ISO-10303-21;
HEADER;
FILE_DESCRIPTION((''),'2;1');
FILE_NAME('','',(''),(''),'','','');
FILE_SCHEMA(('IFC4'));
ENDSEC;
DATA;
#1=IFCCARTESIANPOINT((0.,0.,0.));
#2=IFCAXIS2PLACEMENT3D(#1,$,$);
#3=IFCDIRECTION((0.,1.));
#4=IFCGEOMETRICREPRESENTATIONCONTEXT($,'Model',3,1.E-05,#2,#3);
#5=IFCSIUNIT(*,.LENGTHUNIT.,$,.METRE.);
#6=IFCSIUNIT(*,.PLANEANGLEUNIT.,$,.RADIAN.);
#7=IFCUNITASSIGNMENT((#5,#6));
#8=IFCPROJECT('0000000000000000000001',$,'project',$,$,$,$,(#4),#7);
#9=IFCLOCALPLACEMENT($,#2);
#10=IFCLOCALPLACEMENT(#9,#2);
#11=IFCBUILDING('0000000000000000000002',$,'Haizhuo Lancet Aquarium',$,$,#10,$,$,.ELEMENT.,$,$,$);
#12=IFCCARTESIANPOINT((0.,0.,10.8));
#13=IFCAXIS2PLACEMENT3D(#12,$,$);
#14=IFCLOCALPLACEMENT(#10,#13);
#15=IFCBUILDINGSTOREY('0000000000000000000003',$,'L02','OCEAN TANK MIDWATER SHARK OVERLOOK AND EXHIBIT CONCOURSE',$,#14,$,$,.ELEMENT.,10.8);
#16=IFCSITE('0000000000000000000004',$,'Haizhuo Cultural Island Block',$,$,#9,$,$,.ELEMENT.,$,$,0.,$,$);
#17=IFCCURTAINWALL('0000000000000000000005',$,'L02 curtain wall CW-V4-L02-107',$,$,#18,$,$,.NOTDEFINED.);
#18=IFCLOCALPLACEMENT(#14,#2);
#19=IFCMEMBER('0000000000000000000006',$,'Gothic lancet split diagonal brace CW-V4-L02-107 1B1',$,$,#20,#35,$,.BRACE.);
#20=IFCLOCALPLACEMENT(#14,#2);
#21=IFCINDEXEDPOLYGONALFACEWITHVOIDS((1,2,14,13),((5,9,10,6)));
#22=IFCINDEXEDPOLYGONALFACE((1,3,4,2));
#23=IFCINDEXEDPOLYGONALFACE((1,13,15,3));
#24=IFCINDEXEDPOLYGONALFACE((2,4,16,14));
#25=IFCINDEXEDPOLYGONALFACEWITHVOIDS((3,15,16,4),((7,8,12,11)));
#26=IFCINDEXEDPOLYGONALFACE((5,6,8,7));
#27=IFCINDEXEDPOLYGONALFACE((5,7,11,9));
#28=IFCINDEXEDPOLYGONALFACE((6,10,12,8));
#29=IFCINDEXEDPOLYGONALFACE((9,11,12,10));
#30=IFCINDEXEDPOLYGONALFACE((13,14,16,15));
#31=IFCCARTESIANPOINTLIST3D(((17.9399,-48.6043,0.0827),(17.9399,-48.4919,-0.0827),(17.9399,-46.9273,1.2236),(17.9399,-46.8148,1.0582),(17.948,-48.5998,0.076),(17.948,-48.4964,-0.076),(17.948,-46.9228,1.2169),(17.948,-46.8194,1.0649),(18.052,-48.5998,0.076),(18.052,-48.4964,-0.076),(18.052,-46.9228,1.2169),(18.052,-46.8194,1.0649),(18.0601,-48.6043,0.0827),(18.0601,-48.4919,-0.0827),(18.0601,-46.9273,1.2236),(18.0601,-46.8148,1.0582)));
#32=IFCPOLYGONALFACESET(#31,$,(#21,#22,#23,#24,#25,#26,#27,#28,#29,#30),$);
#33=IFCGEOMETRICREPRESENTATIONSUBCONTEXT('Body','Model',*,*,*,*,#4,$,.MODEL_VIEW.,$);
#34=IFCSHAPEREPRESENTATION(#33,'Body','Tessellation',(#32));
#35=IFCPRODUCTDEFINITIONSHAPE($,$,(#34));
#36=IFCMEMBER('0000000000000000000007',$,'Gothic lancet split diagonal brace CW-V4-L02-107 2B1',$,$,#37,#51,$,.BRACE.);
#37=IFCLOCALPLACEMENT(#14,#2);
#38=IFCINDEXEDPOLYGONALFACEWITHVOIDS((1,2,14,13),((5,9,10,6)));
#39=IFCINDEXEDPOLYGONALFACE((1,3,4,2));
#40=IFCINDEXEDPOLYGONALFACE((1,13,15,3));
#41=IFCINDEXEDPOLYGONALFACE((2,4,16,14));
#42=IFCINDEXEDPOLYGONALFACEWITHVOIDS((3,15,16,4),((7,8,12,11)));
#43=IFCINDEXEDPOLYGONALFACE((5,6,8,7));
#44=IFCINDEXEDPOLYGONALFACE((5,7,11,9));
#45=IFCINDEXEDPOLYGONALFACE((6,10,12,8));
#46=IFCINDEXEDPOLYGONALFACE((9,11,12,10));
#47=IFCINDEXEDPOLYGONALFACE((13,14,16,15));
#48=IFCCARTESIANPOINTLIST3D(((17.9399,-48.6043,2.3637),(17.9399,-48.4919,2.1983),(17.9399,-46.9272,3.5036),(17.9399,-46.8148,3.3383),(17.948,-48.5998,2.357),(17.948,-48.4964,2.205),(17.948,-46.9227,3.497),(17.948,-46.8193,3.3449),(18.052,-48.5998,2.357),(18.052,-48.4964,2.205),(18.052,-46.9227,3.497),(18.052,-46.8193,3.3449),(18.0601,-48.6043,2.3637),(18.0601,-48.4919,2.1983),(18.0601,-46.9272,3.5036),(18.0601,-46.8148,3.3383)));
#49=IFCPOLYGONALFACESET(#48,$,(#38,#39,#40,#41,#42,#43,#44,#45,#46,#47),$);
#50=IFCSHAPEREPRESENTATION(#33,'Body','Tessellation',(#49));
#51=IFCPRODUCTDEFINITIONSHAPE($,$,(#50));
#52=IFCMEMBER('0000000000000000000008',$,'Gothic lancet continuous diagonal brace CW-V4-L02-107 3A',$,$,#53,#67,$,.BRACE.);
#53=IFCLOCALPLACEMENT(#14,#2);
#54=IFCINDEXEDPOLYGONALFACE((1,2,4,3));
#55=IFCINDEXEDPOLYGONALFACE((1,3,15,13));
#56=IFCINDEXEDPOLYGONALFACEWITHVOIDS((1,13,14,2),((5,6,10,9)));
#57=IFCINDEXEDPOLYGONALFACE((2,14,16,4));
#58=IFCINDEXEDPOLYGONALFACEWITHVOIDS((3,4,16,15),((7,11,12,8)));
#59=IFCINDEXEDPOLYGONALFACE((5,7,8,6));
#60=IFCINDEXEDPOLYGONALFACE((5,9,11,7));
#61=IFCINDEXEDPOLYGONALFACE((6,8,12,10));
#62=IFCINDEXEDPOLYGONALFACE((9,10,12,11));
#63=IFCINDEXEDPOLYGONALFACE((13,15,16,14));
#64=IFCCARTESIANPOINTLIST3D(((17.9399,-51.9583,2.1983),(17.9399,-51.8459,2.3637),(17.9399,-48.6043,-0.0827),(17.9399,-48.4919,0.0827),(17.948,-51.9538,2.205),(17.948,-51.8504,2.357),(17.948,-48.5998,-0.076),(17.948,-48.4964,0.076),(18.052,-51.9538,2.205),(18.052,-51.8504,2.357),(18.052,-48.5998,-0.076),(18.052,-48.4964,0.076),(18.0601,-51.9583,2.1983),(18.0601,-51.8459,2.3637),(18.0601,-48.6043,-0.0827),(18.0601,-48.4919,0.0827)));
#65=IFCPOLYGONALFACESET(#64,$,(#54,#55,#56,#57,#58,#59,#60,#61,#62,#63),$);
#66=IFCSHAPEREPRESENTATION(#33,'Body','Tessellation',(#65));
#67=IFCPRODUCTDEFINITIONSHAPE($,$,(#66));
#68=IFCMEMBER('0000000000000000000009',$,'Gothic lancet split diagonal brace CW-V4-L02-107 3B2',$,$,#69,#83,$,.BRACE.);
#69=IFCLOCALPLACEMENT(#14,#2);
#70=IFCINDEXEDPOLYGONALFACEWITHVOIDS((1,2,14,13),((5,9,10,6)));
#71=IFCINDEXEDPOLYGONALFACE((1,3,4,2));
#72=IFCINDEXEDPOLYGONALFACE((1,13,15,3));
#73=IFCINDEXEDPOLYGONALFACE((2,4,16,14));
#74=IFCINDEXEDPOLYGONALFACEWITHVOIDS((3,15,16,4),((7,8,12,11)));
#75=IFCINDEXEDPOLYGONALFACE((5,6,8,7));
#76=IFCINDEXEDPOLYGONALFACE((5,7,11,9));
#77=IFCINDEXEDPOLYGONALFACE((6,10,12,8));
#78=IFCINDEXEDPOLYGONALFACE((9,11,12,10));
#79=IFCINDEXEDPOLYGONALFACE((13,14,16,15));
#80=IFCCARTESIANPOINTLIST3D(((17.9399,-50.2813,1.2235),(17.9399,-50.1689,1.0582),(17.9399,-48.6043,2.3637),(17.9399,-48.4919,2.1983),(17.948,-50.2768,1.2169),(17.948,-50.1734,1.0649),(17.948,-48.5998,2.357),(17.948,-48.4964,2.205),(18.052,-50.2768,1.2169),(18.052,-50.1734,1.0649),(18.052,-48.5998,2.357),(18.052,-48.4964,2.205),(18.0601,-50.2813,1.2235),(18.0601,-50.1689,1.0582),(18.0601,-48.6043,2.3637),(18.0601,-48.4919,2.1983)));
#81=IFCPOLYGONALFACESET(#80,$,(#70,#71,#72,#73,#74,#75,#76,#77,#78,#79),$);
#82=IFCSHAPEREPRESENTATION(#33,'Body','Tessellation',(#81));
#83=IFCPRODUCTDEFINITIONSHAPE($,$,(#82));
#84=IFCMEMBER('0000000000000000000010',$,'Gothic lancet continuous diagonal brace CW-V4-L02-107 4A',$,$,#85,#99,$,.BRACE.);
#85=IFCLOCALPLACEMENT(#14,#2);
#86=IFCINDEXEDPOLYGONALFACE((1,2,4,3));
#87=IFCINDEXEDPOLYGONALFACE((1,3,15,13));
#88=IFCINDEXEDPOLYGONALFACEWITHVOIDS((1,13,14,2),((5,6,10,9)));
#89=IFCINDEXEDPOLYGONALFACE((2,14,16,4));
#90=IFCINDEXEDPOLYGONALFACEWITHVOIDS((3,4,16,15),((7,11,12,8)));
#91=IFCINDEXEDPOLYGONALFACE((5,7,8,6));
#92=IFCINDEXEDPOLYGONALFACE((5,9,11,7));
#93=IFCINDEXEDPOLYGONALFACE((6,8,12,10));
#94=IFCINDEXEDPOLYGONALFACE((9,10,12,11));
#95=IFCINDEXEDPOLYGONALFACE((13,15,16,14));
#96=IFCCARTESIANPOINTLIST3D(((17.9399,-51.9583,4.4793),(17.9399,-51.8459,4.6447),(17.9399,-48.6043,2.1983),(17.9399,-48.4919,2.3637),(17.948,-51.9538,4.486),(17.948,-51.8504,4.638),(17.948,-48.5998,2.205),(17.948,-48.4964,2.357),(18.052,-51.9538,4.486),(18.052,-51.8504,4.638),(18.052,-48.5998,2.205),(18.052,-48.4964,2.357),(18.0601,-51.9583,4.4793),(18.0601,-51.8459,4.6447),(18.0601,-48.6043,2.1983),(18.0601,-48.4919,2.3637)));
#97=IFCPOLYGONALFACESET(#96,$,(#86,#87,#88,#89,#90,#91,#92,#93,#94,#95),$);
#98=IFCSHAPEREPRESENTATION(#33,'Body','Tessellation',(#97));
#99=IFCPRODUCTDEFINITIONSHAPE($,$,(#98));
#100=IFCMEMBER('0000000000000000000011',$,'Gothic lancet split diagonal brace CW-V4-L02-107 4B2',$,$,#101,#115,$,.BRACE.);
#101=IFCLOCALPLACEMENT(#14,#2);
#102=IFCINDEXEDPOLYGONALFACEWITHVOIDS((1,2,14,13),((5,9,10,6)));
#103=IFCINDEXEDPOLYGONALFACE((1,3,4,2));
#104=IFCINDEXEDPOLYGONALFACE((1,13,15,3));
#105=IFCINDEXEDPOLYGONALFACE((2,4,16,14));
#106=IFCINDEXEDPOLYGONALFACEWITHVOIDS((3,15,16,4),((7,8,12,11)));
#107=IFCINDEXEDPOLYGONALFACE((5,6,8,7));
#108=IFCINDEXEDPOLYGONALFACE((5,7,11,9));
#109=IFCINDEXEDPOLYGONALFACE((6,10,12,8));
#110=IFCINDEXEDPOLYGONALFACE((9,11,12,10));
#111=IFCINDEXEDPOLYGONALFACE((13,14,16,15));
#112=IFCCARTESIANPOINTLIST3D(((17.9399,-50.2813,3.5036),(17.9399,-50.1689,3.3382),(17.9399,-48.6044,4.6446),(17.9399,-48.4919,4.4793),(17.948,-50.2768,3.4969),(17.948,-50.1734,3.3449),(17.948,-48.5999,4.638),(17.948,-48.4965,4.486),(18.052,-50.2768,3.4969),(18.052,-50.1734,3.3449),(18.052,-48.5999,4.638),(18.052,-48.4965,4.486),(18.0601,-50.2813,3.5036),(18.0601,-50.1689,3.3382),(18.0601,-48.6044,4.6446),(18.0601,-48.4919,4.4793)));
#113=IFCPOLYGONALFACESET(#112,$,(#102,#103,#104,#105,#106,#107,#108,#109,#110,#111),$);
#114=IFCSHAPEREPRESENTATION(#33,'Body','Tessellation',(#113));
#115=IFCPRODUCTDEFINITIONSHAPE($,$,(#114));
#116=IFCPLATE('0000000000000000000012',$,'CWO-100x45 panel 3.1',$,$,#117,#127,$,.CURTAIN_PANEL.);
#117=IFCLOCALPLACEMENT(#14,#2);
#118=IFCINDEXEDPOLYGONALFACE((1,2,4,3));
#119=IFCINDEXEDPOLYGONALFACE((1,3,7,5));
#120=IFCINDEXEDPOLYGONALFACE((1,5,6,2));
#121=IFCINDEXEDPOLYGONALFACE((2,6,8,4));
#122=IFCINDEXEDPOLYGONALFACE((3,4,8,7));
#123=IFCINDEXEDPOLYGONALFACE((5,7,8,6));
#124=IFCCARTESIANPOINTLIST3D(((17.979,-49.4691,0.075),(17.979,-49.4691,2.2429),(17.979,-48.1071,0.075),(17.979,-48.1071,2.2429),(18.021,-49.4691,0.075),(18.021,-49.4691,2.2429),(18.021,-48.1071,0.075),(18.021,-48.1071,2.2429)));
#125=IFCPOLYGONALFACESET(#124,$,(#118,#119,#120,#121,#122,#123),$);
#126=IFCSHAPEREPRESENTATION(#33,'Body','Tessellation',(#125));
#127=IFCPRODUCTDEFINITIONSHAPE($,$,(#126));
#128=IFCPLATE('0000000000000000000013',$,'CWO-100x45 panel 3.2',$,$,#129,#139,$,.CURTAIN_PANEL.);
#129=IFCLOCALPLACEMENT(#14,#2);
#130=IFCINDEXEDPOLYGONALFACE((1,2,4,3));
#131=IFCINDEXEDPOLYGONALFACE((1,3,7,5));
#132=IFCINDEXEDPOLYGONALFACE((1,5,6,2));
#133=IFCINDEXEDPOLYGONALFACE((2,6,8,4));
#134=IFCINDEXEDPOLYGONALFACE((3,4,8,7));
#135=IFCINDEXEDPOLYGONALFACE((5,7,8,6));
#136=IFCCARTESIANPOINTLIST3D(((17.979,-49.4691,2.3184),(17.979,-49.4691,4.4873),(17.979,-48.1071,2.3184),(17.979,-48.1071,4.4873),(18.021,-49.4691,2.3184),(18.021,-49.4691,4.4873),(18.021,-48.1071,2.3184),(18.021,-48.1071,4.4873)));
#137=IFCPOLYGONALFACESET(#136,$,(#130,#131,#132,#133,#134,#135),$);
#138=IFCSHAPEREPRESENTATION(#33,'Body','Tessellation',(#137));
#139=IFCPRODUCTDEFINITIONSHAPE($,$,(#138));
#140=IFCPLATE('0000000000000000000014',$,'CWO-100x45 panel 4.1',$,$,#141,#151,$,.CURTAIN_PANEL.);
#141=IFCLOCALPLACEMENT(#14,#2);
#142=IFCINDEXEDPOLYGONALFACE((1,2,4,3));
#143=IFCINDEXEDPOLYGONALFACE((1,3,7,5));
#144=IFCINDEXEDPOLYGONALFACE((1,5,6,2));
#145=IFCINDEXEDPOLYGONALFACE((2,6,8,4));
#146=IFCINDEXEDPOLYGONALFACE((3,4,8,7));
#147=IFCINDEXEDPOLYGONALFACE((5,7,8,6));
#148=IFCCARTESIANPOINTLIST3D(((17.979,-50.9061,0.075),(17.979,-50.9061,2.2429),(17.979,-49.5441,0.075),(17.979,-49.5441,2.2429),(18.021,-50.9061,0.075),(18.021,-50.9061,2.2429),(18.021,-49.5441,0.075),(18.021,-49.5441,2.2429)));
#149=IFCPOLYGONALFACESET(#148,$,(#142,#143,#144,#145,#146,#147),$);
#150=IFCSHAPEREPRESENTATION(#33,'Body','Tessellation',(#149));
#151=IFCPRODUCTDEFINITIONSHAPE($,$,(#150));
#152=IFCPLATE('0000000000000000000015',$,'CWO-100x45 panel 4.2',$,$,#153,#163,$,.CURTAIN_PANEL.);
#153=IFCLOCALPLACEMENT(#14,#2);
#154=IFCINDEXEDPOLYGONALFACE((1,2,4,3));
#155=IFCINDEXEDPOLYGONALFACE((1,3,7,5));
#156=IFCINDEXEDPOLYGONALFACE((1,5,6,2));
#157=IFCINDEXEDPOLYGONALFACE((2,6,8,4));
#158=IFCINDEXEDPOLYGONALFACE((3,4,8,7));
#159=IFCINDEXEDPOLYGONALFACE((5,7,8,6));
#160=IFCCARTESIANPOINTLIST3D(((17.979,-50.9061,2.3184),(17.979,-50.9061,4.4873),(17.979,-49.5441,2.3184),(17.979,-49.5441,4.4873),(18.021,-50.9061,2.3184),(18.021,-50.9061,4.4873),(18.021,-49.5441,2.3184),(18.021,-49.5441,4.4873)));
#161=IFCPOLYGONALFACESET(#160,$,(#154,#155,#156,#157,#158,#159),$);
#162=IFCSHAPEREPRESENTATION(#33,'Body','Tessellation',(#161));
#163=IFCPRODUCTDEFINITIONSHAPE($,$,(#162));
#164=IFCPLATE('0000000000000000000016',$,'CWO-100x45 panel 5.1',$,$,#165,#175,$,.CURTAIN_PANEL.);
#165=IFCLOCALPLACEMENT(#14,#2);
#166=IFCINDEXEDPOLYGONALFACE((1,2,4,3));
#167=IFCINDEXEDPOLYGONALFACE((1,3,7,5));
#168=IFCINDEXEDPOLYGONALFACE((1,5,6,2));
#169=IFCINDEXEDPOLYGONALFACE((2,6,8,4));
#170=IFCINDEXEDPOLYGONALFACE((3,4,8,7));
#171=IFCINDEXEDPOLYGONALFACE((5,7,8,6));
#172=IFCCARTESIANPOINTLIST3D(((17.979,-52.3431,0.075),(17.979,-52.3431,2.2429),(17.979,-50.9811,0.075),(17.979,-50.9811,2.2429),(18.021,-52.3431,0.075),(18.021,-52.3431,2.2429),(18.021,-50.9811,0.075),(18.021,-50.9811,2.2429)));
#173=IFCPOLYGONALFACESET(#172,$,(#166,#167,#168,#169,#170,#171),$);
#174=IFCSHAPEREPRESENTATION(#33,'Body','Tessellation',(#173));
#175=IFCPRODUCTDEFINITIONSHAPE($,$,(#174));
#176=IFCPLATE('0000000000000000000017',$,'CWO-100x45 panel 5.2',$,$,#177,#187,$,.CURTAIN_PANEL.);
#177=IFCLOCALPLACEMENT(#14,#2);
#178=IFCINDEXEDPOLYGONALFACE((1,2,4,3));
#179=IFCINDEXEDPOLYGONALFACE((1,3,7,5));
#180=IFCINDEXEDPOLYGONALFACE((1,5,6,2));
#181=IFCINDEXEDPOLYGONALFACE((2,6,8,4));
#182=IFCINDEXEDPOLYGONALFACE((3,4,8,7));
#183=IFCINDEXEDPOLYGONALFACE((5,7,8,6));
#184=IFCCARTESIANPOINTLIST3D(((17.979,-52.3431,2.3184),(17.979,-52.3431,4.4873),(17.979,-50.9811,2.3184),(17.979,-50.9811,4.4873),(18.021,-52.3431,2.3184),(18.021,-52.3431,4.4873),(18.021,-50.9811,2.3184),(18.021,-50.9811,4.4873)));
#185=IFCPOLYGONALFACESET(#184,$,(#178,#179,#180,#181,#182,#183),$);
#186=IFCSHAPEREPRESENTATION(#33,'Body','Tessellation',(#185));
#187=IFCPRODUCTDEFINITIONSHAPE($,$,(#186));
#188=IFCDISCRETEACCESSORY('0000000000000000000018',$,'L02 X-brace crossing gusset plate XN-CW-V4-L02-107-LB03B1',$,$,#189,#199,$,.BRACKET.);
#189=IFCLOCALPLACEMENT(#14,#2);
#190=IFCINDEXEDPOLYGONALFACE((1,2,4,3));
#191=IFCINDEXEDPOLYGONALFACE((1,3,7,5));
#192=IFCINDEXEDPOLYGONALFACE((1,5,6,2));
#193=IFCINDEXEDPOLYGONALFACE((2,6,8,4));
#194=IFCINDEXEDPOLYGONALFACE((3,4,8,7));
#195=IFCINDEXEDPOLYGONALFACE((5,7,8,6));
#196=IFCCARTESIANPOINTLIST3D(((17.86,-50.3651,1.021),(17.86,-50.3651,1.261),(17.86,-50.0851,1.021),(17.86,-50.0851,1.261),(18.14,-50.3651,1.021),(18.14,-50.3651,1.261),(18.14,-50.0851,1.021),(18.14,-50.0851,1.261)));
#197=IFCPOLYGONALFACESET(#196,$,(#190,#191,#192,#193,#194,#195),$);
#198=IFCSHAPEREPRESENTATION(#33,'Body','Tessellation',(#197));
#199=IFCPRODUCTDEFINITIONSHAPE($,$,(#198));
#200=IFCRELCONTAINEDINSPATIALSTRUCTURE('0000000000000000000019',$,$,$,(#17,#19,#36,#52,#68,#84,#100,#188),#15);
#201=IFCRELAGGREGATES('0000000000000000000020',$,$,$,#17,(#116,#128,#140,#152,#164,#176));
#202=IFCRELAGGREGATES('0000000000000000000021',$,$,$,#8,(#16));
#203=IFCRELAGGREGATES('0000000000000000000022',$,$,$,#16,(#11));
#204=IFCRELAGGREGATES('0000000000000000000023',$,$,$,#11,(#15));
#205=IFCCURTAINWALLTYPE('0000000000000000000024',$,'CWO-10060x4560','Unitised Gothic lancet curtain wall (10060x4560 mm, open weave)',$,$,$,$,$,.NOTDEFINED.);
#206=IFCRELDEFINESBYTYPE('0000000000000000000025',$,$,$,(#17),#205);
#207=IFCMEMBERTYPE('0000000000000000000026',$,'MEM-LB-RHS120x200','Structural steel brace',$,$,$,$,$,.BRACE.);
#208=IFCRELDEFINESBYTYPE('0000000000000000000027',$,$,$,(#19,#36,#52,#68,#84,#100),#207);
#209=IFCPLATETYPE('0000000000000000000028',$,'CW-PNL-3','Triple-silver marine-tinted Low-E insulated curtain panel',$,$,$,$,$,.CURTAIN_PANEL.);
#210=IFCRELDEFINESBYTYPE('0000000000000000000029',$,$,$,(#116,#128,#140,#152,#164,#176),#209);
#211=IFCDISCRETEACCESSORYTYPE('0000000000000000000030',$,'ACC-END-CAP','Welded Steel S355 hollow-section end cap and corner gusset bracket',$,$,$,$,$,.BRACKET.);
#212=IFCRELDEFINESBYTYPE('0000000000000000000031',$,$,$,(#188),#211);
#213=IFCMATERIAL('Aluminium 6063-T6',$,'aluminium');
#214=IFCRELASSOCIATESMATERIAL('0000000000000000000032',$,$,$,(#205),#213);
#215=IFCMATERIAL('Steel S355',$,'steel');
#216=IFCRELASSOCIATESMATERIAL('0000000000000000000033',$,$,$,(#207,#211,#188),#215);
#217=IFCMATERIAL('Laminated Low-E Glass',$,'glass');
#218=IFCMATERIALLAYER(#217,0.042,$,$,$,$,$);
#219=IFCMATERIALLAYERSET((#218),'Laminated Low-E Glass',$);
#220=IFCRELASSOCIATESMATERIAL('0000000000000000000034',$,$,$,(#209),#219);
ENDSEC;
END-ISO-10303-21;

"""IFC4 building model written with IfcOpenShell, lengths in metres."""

from ifc_helpers import new_model, si_unit, direction, frame, origin, origin_2d, place, context, subcontext, project, spatial, rectangle, hollow_rectangle, extrude, material, layer, layer_set, material_profile, profile_set, type_object, element, aggregate, save


model = new_model("IFC4")

# Units and contexts
model_context = context("Model", 3, precision=1e-05, world=origin(), true_north=direction((0.0, 1.0)))
body_context = subcontext(model_context, "Body", "Model", "MODEL_VIEW")
ifc_project = project(units=[si_unit("LENGTHUNIT", "METRE"), si_unit("PLANEANGLEUNIT", "RADIAN")], contexts=[model_context])

# Site, building, storey
site_placement = place(None, origin())
site = spatial("IfcSite", under=ifc_project, at=site_placement, Name="Haizhuo Cultural Island Block", CompositionType="ELEMENT", RefElevation=0.0)
building_placement = place(site_placement, origin())
building = spatial("IfcBuilding", under=site, at=building_placement, Name="Haizhuo Lancet Aquarium", CompositionType="ELEMENT")
storey_placement = place(building_placement, frame((0.0, 0.0, 10.8)))
storey = spatial("IfcBuildingStorey", under=building, at=storey_placement, Name="L02", Description="OCEAN TANK MIDWATER SHARK OVERLOOK AND EXHIBIT CONCOURSE", CompositionType="ELEMENT", Elevation=10.8)

# Curtain wall
ifc_material_1 = material(Name="Aluminium 6063-T6", Category="aluminium")
curtain_wall_type = type_object("IfcCurtainWallType", Name="CWO-10060x4560", Description="Unitised Gothic lancet curtain wall (10060x4560 mm, open weave)", PredefinedType="NOTDEFINED", material=ifc_material_1)
curtain_wall_placement = place(storey_placement, origin())
curtain_wall = element("IfcCurtainWall", 1, at=curtain_wall_placement, inside=storey, type_object=curtain_wall_type, Name="L02 curtain wall CW-V4-L02-107", PredefinedType="NOTDEFINED")

# Members
ifc_material_2 = material(Name="Steel S355", Category="steel")
ifc_material_profile_1 = material_profile(ifc_material_2, hollow_rectangle(XDim=0.1201, YDim=0.2, WallThickness=0.0081, at=origin_2d()), Name="RHS 120x200x8")
ifc_profile_set_1 = profile_set([ifc_material_profile_1], Name="Steel S355")
member_type_1 = type_object("IfcMemberType", Name="MEM-LB-RHS120x200", Description="Structural steel brace", PredefinedType="BRACE", material=ifc_profile_set_1)
member_1_placement = place(storey_placement, frame((18.0, -48.5481, 0.0), z_axis=(0.0, 0.82681, 0.562481), x_axis=(-1.0, 0.0, 0.0)))
element("IfcMember", 2, at=member_1_placement, inside=storey, type_object=member_type_1, Name="Gothic lancet split diagonal brace CW-V4-L02-107 1B1", PredefinedType="BRACE", context=body_context, shape_type="SweptSolid", body=[
    extrude(hollow_rectangle(XDim=0.1201, YDim=0.2, WallThickness=0.0081, at=origin_2d()), origin(), (0.0, 0.0, 1.0), 2.0283),
])
member_2_placement = place(storey_placement, frame((18.0, -48.5481, 2.281), z_axis=(0.0, 0.827034, 0.562152), x_axis=(-1.0, 0.0, 0.0)))
element("IfcMember", 3, at=member_2_placement, inside=storey, type_object=member_type_1, Name="Gothic lancet split diagonal brace CW-V4-L02-107 2B1", PredefinedType="BRACE", context=body_context, shape_type="SweptSolid", body=[
    extrude(hollow_rectangle(XDim=0.1201, YDim=0.2, WallThickness=0.0081, at=origin_2d()), origin(), (0.0, 0.0, 1.0), 2.0278),
])
member_3_placement = place(storey_placement, frame((18.0, -48.5481, 0.0), z_axis=(0.0, -0.826894, 0.562358), x_axis=(1.0, 0.0, 0.0)))
element("IfcMember", 4, at=member_3_placement, inside=storey, type_object=member_type_1, Name="Gothic lancet continuous diagonal brace CW-V4-L02-107 3A", PredefinedType="BRACE", context=body_context, shape_type="SweptSolid", body=[
    extrude(hollow_rectangle(XDim=0.1201, YDim=0.2, WallThickness=0.0081, at=origin_2d()), origin(), (0.0, 0.0, 1.0), 4.0562),
])
member_4_placement = place(storey_placement, frame((18.0, -50.2251, 1.1409), z_axis=(0.0, 0.826978, 0.562234), x_axis=(-1.0, 0.0, 0.0)))
element("IfcMember", 5, at=member_4_placement, inside=storey, type_object=member_type_1, Name="Gothic lancet split diagonal brace CW-V4-L02-107 3B2", PredefinedType="BRACE", context=body_context, shape_type="SweptSolid", body=[
    extrude(hollow_rectangle(XDim=0.1201, YDim=0.2, WallThickness=0.0081, at=origin_2d()), origin(), (0.0, 0.0, 1.0), 2.0278),
])
member_5_placement = place(storey_placement, frame((18.0, -48.5481, 2.281), z_axis=(0.0, -0.826894, 0.562358), x_axis=(1.0, 0.0, 0.0)))
element("IfcMember", 6, at=member_5_placement, inside=storey, type_object=member_type_1, Name="Gothic lancet continuous diagonal brace CW-V4-L02-107 4A", PredefinedType="BRACE", context=body_context, shape_type="SweptSolid", body=[
    extrude(hollow_rectangle(XDim=0.1201, YDim=0.2, WallThickness=0.0081, at=origin_2d()), origin(), (0.0, 0.0, 1.0), 4.0562),
])
member_6_placement = place(storey_placement, frame((18.0, -50.2251, 3.4209), z_axis=(0.0, 0.826754, 0.562563), x_axis=(-1.0, 0.0, 0.0)))
element("IfcMember", 7, at=member_6_placement, inside=storey, type_object=member_type_1, Name="Gothic lancet split diagonal brace CW-V4-L02-107 4B2", PredefinedType="BRACE", context=body_context, shape_type="SweptSolid", body=[
    extrude(hollow_rectangle(XDim=0.1201, YDim=0.2, WallThickness=0.0081, at=origin_2d()), origin(), (0.0, 0.0, 1.0), 2.0283),
])

# Plates
ifc_material_3 = material(Name="Laminated Low-E Glass", Category="glass")
ifc_layer = layer(ifc_material_3, 0.042)
ifc_layer_set = layer_set([ifc_layer], Name="Laminated Low-E Glass")
plate_type = type_object("IfcPlateType", Name="CW-PNL-3", Description="Triple-silver marine-tinted Low-E insulated curtain panel", PredefinedType="CURTAIN_PANEL", material=ifc_layer_set)
plate_1_placement = place(storey_placement, frame((18.0, -48.7881, 0.075), z_axis=(0.0, 0.0, 1.0), x_axis=(0.0, -1.0, 0.0)))
plate_1 = element("IfcPlate", 8, at=plate_1_placement, type_object=plate_type, Name="CWO-100x45 panel 3.1", PredefinedType="CURTAIN_PANEL", context=body_context, shape_type="SweptSolid", body=[
    extrude(rectangle(XDim=1.3621, YDim=0.042, at=origin_2d()), origin(), (0.0, 0.0, 1.0), 2.168),
])
plate_2_placement = place(storey_placement, frame((18.0, -48.7881, 2.3184), z_axis=(0.0, 0.0, 1.0), x_axis=(0.0, -1.0, 0.0)))
plate_2 = element("IfcPlate", 9, at=plate_2_placement, type_object=plate_type, Name="CWO-100x45 panel 3.2", PredefinedType="CURTAIN_PANEL", context=body_context, shape_type="SweptSolid", body=[
    extrude(rectangle(XDim=1.3621, YDim=0.042, at=origin_2d()), origin(), (0.0, 0.0, 1.0), 2.1689),
])
plate_3_placement = place(storey_placement, frame((18.0, -50.2251, 0.075), z_axis=(0.0, 0.0, 1.0), x_axis=(0.0, -1.0, 0.0)))
plate_3 = element("IfcPlate", 10, at=plate_3_placement, type_object=plate_type, Name="CWO-100x45 panel 4.1", PredefinedType="CURTAIN_PANEL", context=body_context, shape_type="SweptSolid", body=[
    extrude(rectangle(XDim=1.3621, YDim=0.042, at=origin_2d()), origin(), (0.0, 0.0, 1.0), 2.168),
])
plate_4_placement = place(storey_placement, frame((18.0, -50.2251, 2.3184), z_axis=(0.0, 0.0, 1.0), x_axis=(0.0, -1.0, 0.0)))
plate_4 = element("IfcPlate", 11, at=plate_4_placement, type_object=plate_type, Name="CWO-100x45 panel 4.2", PredefinedType="CURTAIN_PANEL", context=body_context, shape_type="SweptSolid", body=[
    extrude(rectangle(XDim=1.3621, YDim=0.042, at=origin_2d()), origin(), (0.0, 0.0, 1.0), 2.1689),
])
plate_5_placement = place(storey_placement, frame((18.0, -51.6621, 0.075), z_axis=(0.0, 0.0, 1.0), x_axis=(0.0, -1.0, 0.0)))
plate_5 = element("IfcPlate", 12, at=plate_5_placement, type_object=plate_type, Name="CWO-100x45 panel 5.1", PredefinedType="CURTAIN_PANEL", context=body_context, shape_type="SweptSolid", body=[
    extrude(rectangle(XDim=1.3621, YDim=0.042, at=origin_2d()), origin(), (0.0, 0.0, 1.0), 2.168),
])
plate_6_placement = place(storey_placement, frame((18.0, -51.6621, 2.3184), z_axis=(0.0, 0.0, 1.0), x_axis=(0.0, -1.0, 0.0)))
plate_6 = element("IfcPlate", 13, at=plate_6_placement, type_object=plate_type, Name="CWO-100x45 panel 5.2", PredefinedType="CURTAIN_PANEL", context=body_context, shape_type="SweptSolid", body=[
    extrude(rectangle(XDim=1.3621, YDim=0.042, at=origin_2d()), origin(), (0.0, 0.0, 1.0), 2.1689),
])
aggregate(curtain_wall, [plate_1, plate_2, plate_3, plate_4, plate_5, plate_6])

# Discrete accessory
discrete_accessory_type = type_object("IfcDiscreteAccessoryType", Name="ACC-END-CAP", Description="Welded Steel S355 hollow-section end cap and corner gusset bracket", PredefinedType="BRACKET", material=ifc_material_2)
for number, where, z_axis, x_axis, name in (
    (14, (18.0, -50.2251, 1.021), (0.0, 0.0, 1.0), (1.0, 0.0, 0.0), "L02 X-brace crossing gusset plate XN-CW-V4-L02-107-LB03B1"),
):
    element("IfcDiscreteAccessory", number, at=place(storey_placement, frame(where, z_axis=z_axis, x_axis=x_axis)), inside=storey, type_object=discrete_accessory_type, material=ifc_material_2, Name=name, PredefinedType="BRACKET", context=body_context, shape_type="SweptSolid", body=[
        extrude(rectangle(XDim=0.28, YDim=0.28, at=origin_2d()), origin(), (0.0, 0.0, 1.0), 0.24),
    ])

save(model, "model.ifc")
